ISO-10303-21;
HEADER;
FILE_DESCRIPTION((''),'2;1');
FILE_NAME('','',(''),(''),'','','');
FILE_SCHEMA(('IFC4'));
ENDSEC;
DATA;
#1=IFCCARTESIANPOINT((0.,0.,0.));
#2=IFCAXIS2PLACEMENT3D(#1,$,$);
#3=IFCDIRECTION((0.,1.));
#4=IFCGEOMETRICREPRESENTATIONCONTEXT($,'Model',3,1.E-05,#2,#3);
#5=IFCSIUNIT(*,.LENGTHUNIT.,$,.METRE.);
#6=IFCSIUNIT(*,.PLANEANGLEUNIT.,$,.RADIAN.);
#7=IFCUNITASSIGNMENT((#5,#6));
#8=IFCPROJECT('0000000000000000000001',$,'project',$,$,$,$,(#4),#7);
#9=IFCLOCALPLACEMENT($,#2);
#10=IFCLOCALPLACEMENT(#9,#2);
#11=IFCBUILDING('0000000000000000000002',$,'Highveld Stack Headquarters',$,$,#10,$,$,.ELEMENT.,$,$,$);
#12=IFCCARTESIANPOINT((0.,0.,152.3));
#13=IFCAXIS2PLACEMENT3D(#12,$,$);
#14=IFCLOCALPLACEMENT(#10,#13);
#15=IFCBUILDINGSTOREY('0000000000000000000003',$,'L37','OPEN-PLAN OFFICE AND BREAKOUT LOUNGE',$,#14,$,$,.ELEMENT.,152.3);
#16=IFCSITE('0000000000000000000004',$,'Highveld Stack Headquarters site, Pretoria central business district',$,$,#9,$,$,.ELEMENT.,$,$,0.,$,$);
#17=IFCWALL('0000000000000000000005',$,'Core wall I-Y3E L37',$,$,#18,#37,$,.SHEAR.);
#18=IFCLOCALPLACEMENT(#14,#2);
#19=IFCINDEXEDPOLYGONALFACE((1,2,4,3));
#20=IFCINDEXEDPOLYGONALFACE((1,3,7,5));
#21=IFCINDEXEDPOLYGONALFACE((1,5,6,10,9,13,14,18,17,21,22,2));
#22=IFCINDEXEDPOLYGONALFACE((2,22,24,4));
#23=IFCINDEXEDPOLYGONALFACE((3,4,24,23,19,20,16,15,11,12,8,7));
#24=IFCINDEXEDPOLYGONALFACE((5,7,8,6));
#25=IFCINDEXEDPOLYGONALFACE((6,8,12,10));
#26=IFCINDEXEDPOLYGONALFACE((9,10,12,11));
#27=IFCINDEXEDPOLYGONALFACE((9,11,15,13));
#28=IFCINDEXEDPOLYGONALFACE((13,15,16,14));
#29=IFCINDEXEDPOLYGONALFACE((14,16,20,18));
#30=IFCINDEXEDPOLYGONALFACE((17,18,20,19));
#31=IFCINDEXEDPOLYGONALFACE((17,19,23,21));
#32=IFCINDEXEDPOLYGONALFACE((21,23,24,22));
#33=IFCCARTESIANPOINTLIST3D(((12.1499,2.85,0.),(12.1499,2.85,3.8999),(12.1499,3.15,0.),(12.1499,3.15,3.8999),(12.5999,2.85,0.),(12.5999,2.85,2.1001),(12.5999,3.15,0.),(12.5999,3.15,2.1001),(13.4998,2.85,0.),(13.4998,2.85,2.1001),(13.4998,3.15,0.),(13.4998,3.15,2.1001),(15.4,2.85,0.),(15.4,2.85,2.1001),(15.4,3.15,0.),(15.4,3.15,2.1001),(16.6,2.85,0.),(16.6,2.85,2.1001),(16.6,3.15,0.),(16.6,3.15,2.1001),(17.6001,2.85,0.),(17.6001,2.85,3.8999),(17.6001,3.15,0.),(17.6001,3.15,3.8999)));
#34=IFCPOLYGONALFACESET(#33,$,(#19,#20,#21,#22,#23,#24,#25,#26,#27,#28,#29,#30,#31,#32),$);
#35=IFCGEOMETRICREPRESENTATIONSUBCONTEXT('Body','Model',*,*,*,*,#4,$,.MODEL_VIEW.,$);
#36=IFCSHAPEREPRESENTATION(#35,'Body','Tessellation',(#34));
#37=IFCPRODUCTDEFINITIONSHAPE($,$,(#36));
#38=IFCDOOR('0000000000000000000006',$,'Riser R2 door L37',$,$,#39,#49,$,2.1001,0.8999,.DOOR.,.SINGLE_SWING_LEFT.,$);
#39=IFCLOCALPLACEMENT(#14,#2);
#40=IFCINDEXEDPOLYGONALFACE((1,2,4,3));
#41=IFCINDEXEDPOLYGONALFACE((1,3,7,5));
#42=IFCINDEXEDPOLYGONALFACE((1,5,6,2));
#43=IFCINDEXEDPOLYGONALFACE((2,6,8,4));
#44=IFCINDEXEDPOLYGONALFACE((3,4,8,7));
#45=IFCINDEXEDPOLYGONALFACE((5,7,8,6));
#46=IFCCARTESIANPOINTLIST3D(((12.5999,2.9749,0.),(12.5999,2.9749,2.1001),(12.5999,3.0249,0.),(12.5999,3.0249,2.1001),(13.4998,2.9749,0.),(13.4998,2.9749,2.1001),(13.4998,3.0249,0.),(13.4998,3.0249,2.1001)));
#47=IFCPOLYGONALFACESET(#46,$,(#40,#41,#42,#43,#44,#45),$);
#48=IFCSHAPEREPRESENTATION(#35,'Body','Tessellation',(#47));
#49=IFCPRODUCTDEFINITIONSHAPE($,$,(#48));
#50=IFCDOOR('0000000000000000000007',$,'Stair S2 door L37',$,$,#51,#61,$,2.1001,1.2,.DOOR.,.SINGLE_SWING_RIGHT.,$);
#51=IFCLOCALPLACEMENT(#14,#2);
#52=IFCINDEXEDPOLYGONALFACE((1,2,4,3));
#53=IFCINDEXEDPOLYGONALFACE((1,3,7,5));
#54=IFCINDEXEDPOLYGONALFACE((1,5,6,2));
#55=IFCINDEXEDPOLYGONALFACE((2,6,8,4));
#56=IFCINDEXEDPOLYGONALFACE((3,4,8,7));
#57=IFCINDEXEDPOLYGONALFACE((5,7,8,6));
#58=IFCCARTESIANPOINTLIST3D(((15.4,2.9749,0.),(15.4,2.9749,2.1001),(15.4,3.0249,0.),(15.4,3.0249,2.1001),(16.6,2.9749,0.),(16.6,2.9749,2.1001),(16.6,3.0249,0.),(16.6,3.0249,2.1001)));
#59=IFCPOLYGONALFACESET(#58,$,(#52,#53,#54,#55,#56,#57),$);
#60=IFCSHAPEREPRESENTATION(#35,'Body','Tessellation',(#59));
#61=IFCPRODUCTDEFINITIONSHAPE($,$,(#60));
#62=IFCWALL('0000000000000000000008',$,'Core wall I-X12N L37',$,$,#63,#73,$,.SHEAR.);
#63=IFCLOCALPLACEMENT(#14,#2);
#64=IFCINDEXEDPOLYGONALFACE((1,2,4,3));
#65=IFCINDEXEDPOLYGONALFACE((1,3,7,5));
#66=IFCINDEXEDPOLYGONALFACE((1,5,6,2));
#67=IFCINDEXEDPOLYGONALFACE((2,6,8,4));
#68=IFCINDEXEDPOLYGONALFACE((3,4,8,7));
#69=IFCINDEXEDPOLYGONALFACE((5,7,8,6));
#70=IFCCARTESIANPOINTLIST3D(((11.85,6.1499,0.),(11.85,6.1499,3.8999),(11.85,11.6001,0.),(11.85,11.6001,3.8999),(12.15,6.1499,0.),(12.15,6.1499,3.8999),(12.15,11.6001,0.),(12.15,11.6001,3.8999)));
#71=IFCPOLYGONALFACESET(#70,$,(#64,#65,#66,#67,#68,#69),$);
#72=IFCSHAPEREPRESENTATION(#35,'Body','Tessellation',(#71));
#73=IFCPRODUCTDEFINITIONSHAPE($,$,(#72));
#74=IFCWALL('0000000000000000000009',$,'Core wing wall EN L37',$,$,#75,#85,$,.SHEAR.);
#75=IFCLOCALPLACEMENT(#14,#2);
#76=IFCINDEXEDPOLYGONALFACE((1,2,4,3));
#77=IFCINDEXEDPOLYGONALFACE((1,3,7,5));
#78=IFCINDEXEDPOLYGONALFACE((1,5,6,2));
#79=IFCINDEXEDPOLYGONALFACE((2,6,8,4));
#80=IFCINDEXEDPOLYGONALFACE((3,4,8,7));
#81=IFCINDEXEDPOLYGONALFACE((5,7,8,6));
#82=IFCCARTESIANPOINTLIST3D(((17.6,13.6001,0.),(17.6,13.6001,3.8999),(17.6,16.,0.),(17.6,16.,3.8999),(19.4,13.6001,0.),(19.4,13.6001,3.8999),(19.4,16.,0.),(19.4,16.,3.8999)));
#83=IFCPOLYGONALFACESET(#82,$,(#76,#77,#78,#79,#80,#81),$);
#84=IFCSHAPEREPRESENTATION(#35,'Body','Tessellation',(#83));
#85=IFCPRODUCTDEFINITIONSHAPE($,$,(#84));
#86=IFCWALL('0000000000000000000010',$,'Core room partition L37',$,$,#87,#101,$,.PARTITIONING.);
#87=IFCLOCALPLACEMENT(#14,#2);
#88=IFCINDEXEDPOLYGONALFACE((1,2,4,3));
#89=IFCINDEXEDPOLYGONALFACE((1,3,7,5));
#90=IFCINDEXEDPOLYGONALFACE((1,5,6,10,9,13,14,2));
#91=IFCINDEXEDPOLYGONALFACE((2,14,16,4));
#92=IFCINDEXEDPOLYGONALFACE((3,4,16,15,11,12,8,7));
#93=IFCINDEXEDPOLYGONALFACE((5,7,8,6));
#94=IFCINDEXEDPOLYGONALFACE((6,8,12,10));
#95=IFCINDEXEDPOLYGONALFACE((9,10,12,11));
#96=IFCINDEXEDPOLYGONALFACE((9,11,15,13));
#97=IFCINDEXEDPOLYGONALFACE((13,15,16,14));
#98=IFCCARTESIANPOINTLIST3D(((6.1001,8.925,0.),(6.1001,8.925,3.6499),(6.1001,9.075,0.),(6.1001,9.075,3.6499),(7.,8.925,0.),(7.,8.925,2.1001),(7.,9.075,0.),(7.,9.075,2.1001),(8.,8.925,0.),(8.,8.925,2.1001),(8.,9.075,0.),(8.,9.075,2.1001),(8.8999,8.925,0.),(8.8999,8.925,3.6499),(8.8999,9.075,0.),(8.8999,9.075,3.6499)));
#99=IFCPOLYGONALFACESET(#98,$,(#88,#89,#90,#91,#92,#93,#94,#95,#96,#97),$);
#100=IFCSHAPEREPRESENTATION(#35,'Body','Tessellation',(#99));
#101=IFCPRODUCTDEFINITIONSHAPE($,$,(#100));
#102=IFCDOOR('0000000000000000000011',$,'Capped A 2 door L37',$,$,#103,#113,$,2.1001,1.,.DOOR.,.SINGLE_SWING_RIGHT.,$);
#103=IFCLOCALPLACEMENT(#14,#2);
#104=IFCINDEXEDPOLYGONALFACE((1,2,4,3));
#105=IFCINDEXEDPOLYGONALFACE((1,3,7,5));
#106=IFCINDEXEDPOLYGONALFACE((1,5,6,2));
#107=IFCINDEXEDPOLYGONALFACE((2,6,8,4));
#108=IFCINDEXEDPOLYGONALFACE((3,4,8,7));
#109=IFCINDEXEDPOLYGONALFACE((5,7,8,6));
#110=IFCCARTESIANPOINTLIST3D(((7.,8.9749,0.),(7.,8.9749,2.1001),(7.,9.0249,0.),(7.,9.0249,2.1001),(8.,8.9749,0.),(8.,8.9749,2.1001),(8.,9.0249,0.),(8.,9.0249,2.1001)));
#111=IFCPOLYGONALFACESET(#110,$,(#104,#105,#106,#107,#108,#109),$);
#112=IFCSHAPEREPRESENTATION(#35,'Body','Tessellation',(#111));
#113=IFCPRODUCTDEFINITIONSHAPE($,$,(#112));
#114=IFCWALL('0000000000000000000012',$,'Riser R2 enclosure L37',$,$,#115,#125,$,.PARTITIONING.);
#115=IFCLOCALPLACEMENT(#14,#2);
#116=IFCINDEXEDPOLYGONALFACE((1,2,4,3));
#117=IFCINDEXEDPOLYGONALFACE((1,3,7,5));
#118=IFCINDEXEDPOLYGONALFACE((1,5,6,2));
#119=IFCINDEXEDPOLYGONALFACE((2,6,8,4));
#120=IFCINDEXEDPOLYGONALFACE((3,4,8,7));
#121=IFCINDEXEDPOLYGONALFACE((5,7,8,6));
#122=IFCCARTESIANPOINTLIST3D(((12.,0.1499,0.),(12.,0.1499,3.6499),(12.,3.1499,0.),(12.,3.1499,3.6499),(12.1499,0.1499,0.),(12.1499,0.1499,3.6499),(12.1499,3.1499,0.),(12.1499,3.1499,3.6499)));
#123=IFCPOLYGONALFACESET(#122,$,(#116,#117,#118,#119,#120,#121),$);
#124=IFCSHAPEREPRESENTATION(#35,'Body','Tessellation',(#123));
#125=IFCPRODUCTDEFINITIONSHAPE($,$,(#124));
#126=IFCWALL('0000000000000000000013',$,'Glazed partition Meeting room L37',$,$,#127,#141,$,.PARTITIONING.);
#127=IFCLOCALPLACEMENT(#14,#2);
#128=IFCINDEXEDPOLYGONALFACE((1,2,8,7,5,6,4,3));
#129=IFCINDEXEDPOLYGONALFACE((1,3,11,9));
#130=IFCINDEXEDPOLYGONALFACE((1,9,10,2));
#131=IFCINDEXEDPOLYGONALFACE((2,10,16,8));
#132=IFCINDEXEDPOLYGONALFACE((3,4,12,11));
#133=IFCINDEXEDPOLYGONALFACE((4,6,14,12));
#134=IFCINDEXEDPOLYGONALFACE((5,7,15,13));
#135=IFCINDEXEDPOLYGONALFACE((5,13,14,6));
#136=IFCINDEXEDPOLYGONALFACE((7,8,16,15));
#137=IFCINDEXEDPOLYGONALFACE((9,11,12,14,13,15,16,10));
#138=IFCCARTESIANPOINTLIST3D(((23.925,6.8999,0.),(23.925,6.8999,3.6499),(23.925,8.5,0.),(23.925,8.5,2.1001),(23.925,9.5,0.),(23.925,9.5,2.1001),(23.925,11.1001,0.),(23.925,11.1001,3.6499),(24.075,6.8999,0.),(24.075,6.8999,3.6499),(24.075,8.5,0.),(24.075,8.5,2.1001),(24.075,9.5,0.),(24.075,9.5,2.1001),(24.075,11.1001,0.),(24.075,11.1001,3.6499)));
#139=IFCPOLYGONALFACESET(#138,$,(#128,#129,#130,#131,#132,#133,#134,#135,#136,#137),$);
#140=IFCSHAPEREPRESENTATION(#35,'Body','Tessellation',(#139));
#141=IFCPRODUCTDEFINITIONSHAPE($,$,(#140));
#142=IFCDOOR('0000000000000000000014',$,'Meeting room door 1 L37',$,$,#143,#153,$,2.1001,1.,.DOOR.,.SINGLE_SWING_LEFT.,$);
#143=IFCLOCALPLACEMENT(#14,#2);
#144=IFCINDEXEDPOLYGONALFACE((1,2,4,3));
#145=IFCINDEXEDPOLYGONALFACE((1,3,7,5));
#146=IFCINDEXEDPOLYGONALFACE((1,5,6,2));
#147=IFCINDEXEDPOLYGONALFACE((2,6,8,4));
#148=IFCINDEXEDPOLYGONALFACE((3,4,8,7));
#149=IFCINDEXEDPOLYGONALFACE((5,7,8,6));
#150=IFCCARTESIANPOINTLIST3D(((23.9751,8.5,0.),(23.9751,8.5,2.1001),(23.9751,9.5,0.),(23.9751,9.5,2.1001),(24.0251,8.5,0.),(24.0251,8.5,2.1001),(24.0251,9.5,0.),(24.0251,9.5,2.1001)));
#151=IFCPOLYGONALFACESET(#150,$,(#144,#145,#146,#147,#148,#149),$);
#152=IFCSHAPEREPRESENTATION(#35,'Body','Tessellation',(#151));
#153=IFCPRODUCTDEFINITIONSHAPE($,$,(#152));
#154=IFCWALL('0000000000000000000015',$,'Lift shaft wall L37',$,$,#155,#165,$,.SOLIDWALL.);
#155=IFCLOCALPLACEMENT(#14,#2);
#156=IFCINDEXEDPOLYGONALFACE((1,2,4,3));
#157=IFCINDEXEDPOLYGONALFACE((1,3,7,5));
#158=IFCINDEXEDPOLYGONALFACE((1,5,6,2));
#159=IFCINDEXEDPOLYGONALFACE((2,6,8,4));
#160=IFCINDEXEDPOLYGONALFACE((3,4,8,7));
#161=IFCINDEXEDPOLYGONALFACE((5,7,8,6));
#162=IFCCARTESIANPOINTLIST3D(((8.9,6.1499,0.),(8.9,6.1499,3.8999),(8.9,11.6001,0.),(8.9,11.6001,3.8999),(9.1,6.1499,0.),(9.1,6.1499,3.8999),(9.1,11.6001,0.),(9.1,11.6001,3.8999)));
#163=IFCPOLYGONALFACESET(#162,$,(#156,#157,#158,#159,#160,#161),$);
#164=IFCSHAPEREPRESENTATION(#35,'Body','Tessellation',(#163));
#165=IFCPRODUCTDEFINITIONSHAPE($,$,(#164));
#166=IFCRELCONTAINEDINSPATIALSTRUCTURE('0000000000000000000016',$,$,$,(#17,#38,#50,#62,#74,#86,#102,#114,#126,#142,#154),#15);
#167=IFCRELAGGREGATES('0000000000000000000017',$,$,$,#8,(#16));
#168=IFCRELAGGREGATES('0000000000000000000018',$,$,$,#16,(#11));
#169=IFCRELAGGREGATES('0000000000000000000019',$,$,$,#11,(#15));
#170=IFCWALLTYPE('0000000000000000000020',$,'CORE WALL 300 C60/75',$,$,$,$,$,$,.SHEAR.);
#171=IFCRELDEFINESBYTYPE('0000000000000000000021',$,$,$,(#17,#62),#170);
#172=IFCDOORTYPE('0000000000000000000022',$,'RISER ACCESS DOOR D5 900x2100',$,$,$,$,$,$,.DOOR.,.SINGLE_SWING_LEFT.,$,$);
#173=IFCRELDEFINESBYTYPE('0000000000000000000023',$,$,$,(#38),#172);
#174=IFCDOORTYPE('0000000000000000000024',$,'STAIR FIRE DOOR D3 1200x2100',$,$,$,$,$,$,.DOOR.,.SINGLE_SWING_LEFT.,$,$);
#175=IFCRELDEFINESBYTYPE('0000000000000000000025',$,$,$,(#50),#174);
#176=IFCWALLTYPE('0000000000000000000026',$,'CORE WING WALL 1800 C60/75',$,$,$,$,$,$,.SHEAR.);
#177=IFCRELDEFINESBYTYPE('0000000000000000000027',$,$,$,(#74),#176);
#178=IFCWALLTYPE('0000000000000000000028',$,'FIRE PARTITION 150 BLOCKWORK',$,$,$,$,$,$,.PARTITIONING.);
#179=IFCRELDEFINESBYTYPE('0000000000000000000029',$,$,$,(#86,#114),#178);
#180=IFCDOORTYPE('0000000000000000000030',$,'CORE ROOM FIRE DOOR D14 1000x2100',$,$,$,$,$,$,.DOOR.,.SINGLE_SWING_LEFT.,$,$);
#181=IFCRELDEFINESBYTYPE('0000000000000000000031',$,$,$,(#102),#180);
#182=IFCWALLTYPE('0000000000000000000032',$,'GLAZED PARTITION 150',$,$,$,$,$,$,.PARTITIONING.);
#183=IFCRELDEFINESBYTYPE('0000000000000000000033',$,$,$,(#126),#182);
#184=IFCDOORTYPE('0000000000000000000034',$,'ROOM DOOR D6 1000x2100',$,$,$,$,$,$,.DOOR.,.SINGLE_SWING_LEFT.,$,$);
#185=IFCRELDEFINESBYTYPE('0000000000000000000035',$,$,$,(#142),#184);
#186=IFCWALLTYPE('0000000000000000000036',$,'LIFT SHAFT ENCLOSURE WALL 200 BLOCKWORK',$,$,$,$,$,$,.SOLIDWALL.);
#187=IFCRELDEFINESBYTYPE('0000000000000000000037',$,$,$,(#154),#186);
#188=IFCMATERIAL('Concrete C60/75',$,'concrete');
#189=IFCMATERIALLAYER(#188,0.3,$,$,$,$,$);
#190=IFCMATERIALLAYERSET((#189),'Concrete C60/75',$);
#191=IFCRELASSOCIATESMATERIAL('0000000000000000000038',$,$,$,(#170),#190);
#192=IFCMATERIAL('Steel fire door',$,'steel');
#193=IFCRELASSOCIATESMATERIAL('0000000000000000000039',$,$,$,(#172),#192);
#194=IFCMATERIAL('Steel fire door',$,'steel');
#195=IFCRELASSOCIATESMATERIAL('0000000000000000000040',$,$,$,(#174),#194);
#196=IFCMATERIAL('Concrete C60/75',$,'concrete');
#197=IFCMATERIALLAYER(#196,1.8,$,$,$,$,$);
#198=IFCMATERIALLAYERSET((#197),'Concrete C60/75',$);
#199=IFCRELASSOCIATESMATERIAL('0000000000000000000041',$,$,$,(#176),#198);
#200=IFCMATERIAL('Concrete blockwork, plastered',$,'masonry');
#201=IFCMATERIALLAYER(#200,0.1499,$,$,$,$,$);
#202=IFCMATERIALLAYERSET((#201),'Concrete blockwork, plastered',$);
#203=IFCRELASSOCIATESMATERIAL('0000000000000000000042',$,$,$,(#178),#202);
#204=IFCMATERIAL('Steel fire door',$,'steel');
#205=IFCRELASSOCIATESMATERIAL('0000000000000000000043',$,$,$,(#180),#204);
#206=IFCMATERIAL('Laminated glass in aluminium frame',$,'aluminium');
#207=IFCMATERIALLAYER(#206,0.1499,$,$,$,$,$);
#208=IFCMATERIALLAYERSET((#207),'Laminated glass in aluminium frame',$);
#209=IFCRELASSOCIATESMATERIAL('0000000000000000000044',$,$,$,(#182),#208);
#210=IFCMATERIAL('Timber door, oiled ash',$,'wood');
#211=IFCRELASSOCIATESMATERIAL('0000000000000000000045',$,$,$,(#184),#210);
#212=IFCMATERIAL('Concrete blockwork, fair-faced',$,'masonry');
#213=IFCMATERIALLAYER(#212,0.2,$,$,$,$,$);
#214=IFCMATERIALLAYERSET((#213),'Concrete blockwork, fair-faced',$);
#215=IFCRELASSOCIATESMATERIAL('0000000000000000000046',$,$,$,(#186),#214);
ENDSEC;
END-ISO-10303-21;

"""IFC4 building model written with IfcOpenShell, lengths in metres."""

from ifc_helpers import new_model, si_unit, direction, frame, frame_2d, origin, place, context, subcontext, project, spatial, rectangle, extrude, material, layer, layer_set, type_object, element, fill, save


model = new_model("IFC4")

# Units and contexts
model_context = context("Model", 3, precision=1e-05, world=origin(), true_north=direction((0.0, 1.0)))
body_context = subcontext(model_context, "Body", "Model", "MODEL_VIEW")
ifc_project = project(units=[si_unit("LENGTHUNIT", "METRE"), si_unit("PLANEANGLEUNIT", "RADIAN")], contexts=[model_context])

# Site, building, storey
site_placement = place(None, origin())
site = spatial("IfcSite", under=ifc_project, at=site_placement, Name="Highveld Stack Headquarters site, Pretoria central business district", CompositionType="ELEMENT", RefElevation=0.0)
building_placement = place(site_placement, origin())
building = spatial("IfcBuilding", under=site, at=building_placement, Name="Highveld Stack Headquarters", CompositionType="ELEMENT")
storey_placement = place(building_placement, frame((0.0, 0.0, 152.3)))
storey = spatial("IfcBuildingStorey", under=building, at=storey_placement, Name="L37", Description="OPEN-PLAN OFFICE AND BREAKOUT LOUNGE", CompositionType="ELEMENT", Elevation=152.3)

# Wall, openings, doors
ifc_material_1 = material(Name="Concrete C60/75", Category="concrete")
ifc_layer_1 = layer(ifc_material_1, 0.3)
ifc_layer_set_1 = layer_set([ifc_layer_1], Name="Concrete C60/75")
wall_type_1 = type_object("IfcWallType", Name="CORE WALL 300 C60/75", PredefinedType="SHEAR", material=ifc_layer_set_1)
wall_1_placement = place(storey_placement, frame((12.1499, 3.0, 0.0), z_axis=(0.0, 0.0, 1.0), x_axis=(1.0, 0.0, 0.0)))
wall_1 = element("IfcWall", 1, at=wall_1_placement, inside=storey, type_object=wall_type_1, Name="Core wall I-Y3E L37", PredefinedType="SHEAR", context=body_context, shape_type="SweptSolid", body=[
    extrude(rectangle(XDim=5.4502, YDim=0.3, at=frame_2d((2.7251, 0.0))), origin(), (0.0, 0.0, 1.0), 3.8999),
])
opening_1_placement = place(wall_1_placement, frame((3.25, 0.0, 0.0)))
opening_1 = element("IfcOpeningElement", 2, at=opening_1_placement, cuts=wall_1, PredefinedType="OPENING", context=body_context, shape_type="SweptSolid", body=[
    extrude(rectangle(XDim=1.2, YDim=2.1001, at=frame_2d((0.6001, 1.05))), frame((0.0, 0.1599, 0.0), z_axis=(0.0, -1.0, 0.0), x_axis=(1.0, 0.0, 0.0)), (0.0, 0.0, 1.0), 0.3201),
])
opening_2_placement = place(wall_1_placement, frame((0.45, 0.0, 0.0)))
opening_2 = element("IfcOpeningElement", 3, at=opening_2_placement, cuts=wall_1, PredefinedType="OPENING", context=body_context, shape_type="SweptSolid", body=[
    extrude(rectangle(XDim=0.8999, YDim=2.1001, at=frame_2d((0.45, 1.05))), frame((0.0, 0.1599, 0.0), z_axis=(0.0, -1.0, 0.0), x_axis=(1.0, 0.0, 0.0)), (0.0, 0.0, 1.0), 0.3201),
])
ifc_material_2 = material(Name="Steel fire door", Category="steel")
door_type_1 = type_object("IfcDoorType", Name="RISER ACCESS DOOR D5 900x2100", OperationType="SINGLE_SWING_LEFT", PredefinedType="DOOR", material=ifc_material_2)
door_1_placement = place(opening_2_placement, origin())
door_1 = element("IfcDoor", 4, at=door_1_placement, inside=storey, type_object=door_type_1, Name="Riser R2 door L37", OperationType="SINGLE_SWING_LEFT", OverallHeight=2.1001, OverallWidth=0.8999, PredefinedType="DOOR", context=body_context, shape_type="SweptSolid", body=[
    extrude(rectangle(XDim=0.8999, YDim=2.1001, at=frame_2d((0.45, 1.05))), frame((0.0, 0.0249, 0.0), z_axis=(0.0, -1.0, 0.0), x_axis=(1.0, 0.0, 0.0)), (0.0, 0.0, 1.0), 0.05),
])
fill(opening_2, door_1)
ifc_material_3 = material(Name="Steel fire door", Category="steel")
door_type_2 = type_object("IfcDoorType", Name="STAIR FIRE DOOR D3 1200x2100", OperationType="SINGLE_SWING_LEFT", PredefinedType="DOOR", material=ifc_material_3)
door_2_placement = place(opening_1_placement, origin())
door_2 = element("IfcDoor", 5, at=door_2_placement, inside=storey, type_object=door_type_2, Name="Stair S2 door L37", OperationType="SINGLE_SWING_RIGHT", OverallHeight=2.1001, OverallWidth=1.2, PredefinedType="DOOR", context=body_context, shape_type="SweptSolid", body=[
    extrude(rectangle(XDim=1.2, YDim=2.1001, at=frame_2d((0.6001, 1.05))), frame((0.0, 0.0249, 0.0), z_axis=(0.0, -1.0, 0.0), x_axis=(1.0, 0.0, 0.0)), (0.0, 0.0, 1.0), 0.05),
])
fill(opening_1, door_2)

# Walls
wall_2_placement = place(storey_placement, frame((12.0, 6.1499, 0.0), z_axis=(0.0, 0.0, 1.0), x_axis=(0.0, 1.0, 0.0)))
element("IfcWall", 6, at=wall_2_placement, inside=storey, type_object=wall_type_1, Name="Core wall I-X12N L37", PredefinedType="SHEAR", context=body_context, shape_type="SweptSolid", body=[
    extrude(rectangle(XDim=5.4502, YDim=0.3, at=frame_2d((2.7251, 0.0))), origin(), (0.0, 0.0, 1.0), 3.8999),
])
ifc_material_4 = material(Name="Concrete C60/75", Category="concrete")
ifc_layer_2 = layer(ifc_material_4, 1.8)
ifc_layer_set_2 = layer_set([ifc_layer_2], Name="Concrete C60/75")
wall_type_2 = type_object("IfcWallType", Name="CORE WING WALL 1800 C60/75", PredefinedType="SHEAR", material=ifc_layer_set_2)
wall_3_placement = place(storey_placement, frame((18.5, 13.6001, 0.0), z_axis=(0.0, 0.0, 1.0), x_axis=(0.0, 1.0, 0.0)))
element("IfcWall", 7, at=wall_3_placement, inside=storey, type_object=wall_type_2, Name="Core wing wall EN L37", PredefinedType="SHEAR", context=body_context, shape_type="SweptSolid", body=[
    extrude(rectangle(XDim=2.3999, YDim=1.8, at=frame_2d((1.2, 0.0))), origin(), (0.0, 0.0, 1.0), 3.8999),
])

# Wall, opening, door
ifc_material_5 = material(Name="Concrete blockwork, plastered", Category="masonry")
ifc_layer_3 = layer(ifc_material_5, 0.1499)
ifc_layer_set_3 = layer_set([ifc_layer_3], Name="Concrete blockwork, plastered")
wall_type_3 = type_object("IfcWallType", Name="FIRE PARTITION 150 BLOCKWORK", PredefinedType="PARTITIONING", material=ifc_layer_set_3)
wall_4_placement = place(storey_placement, frame((6.1001, 9.0, 0.0), z_axis=(0.0, 0.0, 1.0), x_axis=(1.0, 0.0, 0.0)))
wall_4 = element("IfcWall", 8, at=wall_4_placement, inside=storey, type_object=wall_type_3, Name="Core room partition L37", PredefinedType="PARTITIONING", context=body_context, shape_type="SweptSolid", body=[
    extrude(rectangle(XDim=2.7998, YDim=0.1499, at=frame_2d((1.3999, 0.0))), origin(), (0.0, 0.0, 1.0), 3.6499),
])
opening_3_placement = place(wall_4_placement, frame((0.8999, 0.0, 0.0)))
opening_3 = element("IfcOpeningElement", 9, at=opening_3_placement, cuts=wall_4, PredefinedType="OPENING", context=body_context, shape_type="SweptSolid", body=[
    extrude(rectangle(XDim=1.0, YDim=2.1001, at=frame_2d((0.5, 1.05))), frame((0.0, 0.085, 0.0), z_axis=(0.0, -1.0, 0.0), x_axis=(1.0, 0.0, 0.0)), (0.0, 0.0, 1.0), 0.1699),
])
ifc_material_6 = material(Name="Steel fire door", Category="steel")
door_type_3 = type_object("IfcDoorType", Name="CORE ROOM FIRE DOOR D14 1000x2100", OperationType="SINGLE_SWING_LEFT", PredefinedType="DOOR", material=ifc_material_6)
door_3_placement = place(opening_3_placement, origin())
door_3 = element("IfcDoor", 10, at=door_3_placement, inside=storey, type_object=door_type_3, Name="Capped A 2 door L37", OperationType="SINGLE_SWING_RIGHT", OverallHeight=2.1001, OverallWidth=1.0, PredefinedType="DOOR", context=body_context, shape_type="SweptSolid", body=[
    extrude(rectangle(XDim=1.0, YDim=2.1001, at=frame_2d((0.5, 1.05))), frame((0.0, 0.0249, 0.0), z_axis=(0.0, -1.0, 0.0), x_axis=(1.0, 0.0, 0.0)), (0.0, 0.0, 1.0), 0.05),
])
fill(opening_3, door_3)

# Wall
wall_5_placement = place(storey_placement, frame((12.075, 0.1499, 0.0), z_axis=(0.0, 0.0, 1.0), x_axis=(0.0, 1.0, 0.0)))
element("IfcWall", 11, at=wall_5_placement, inside=storey, type_object=wall_type_3, Name="Riser R2 enclosure L37", PredefinedType="PARTITIONING", context=body_context, shape_type="SweptSolid", body=[
    extrude(rectangle(XDim=3.0, YDim=0.1499, at=frame_2d((1.5, 0.0))), origin(), (0.0, 0.0, 1.0), 3.6499),
])

# Wall, opening, door
ifc_material_7 = material(Name="Laminated glass in aluminium frame", Category="aluminium")
ifc_layer_4 = layer(ifc_material_7, 0.1499)
ifc_layer_set_4 = layer_set([ifc_layer_4], Name="Laminated glass in aluminium frame")
wall_type_4 = type_object("IfcWallType", Name="GLAZED PARTITION 150", PredefinedType="PARTITIONING", material=ifc_layer_set_4)
wall_6_placement = place(storey_placement, frame((24.0, 6.8999, 0.0), z_axis=(0.0, 0.0, 1.0), x_axis=(0.0, 1.0, 0.0)))
wall_6 = element("IfcWall", 12, at=wall_6_placement, inside=storey, type_object=wall_type_4, Name="Glazed partition Meeting room L37", PredefinedType="PARTITIONING", context=body_context, shape_type="SweptSolid", body=[
    extrude(rectangle(XDim=4.2002, YDim=0.1499, at=frame_2d((2.1001, 0.0))), origin(), (0.0, 0.0, 1.0), 3.6499),
])
opening_4_placement = place(wall_6_placement, frame((1.6001, 0.0, 0.0)))
opening_4 = element("IfcOpeningElement", 13, at=opening_4_placement, cuts=wall_6, PredefinedType="OPENING", context=body_context, shape_type="SweptSolid", body=[
    extrude(rectangle(XDim=1.0, YDim=2.1001, at=frame_2d((0.5, 1.05))), frame((0.0, 0.085, 0.0), z_axis=(0.0, -1.0, 0.0), x_axis=(1.0, 0.0, 0.0)), (0.0, 0.0, 1.0), 0.1699),
])
ifc_material_8 = material(Name="Timber door, oiled ash", Category="wood")
door_type_4 = type_object("IfcDoorType", Name="ROOM DOOR D6 1000x2100", OperationType="SINGLE_SWING_LEFT", PredefinedType="DOOR", material=ifc_material_8)
door_4_placement = place(opening_4_placement, origin())
door_4 = element("IfcDoor", 14, at=door_4_placement, inside=storey, type_object=door_type_4, Name="Meeting room door 1 L37", OperationType="SINGLE_SWING_LEFT", OverallHeight=2.1001, OverallWidth=1.0, PredefinedType="DOOR", context=body_context, shape_type="SweptSolid", body=[
    extrude(rectangle(XDim=1.0, YDim=2.1001, at=frame_2d((0.5, 1.05))), frame((0.0, 0.0249, 0.0), z_axis=(0.0, -1.0, 0.0), x_axis=(1.0, 0.0, 0.0)), (0.0, 0.0, 1.0), 0.05),
])
fill(opening_4, door_4)

# Wall
ifc_material_9 = material(Name="Concrete blockwork, fair-faced", Category="masonry")
ifc_layer_5 = layer(ifc_material_9, 0.2)
ifc_layer_set_5 = layer_set([ifc_layer_5], Name="Concrete blockwork, fair-faced")
wall_type_5 = type_object("IfcWallType", Name="LIFT SHAFT ENCLOSURE WALL 200 BLOCKWORK", PredefinedType="SOLIDWALL", material=ifc_layer_set_5)
wall_7_placement = place(storey_placement, frame((9.0, 6.1499, 0.0), z_axis=(0.0, 0.0, 1.0), x_axis=(0.0, 1.0, 0.0)))
element("IfcWall", 15, at=wall_7_placement, inside=storey, type_object=wall_type_5, Name="Lift shaft wall L37", PredefinedType="SOLIDWALL", context=body_context, shape_type="SweptSolid", body=[
    extrude(rectangle(XDim=5.4502, YDim=0.2, at=frame_2d((2.7251, 0.0))), origin(), (0.0, 0.0, 1.0), 3.8999),
])

save(model, "model.ifc")
